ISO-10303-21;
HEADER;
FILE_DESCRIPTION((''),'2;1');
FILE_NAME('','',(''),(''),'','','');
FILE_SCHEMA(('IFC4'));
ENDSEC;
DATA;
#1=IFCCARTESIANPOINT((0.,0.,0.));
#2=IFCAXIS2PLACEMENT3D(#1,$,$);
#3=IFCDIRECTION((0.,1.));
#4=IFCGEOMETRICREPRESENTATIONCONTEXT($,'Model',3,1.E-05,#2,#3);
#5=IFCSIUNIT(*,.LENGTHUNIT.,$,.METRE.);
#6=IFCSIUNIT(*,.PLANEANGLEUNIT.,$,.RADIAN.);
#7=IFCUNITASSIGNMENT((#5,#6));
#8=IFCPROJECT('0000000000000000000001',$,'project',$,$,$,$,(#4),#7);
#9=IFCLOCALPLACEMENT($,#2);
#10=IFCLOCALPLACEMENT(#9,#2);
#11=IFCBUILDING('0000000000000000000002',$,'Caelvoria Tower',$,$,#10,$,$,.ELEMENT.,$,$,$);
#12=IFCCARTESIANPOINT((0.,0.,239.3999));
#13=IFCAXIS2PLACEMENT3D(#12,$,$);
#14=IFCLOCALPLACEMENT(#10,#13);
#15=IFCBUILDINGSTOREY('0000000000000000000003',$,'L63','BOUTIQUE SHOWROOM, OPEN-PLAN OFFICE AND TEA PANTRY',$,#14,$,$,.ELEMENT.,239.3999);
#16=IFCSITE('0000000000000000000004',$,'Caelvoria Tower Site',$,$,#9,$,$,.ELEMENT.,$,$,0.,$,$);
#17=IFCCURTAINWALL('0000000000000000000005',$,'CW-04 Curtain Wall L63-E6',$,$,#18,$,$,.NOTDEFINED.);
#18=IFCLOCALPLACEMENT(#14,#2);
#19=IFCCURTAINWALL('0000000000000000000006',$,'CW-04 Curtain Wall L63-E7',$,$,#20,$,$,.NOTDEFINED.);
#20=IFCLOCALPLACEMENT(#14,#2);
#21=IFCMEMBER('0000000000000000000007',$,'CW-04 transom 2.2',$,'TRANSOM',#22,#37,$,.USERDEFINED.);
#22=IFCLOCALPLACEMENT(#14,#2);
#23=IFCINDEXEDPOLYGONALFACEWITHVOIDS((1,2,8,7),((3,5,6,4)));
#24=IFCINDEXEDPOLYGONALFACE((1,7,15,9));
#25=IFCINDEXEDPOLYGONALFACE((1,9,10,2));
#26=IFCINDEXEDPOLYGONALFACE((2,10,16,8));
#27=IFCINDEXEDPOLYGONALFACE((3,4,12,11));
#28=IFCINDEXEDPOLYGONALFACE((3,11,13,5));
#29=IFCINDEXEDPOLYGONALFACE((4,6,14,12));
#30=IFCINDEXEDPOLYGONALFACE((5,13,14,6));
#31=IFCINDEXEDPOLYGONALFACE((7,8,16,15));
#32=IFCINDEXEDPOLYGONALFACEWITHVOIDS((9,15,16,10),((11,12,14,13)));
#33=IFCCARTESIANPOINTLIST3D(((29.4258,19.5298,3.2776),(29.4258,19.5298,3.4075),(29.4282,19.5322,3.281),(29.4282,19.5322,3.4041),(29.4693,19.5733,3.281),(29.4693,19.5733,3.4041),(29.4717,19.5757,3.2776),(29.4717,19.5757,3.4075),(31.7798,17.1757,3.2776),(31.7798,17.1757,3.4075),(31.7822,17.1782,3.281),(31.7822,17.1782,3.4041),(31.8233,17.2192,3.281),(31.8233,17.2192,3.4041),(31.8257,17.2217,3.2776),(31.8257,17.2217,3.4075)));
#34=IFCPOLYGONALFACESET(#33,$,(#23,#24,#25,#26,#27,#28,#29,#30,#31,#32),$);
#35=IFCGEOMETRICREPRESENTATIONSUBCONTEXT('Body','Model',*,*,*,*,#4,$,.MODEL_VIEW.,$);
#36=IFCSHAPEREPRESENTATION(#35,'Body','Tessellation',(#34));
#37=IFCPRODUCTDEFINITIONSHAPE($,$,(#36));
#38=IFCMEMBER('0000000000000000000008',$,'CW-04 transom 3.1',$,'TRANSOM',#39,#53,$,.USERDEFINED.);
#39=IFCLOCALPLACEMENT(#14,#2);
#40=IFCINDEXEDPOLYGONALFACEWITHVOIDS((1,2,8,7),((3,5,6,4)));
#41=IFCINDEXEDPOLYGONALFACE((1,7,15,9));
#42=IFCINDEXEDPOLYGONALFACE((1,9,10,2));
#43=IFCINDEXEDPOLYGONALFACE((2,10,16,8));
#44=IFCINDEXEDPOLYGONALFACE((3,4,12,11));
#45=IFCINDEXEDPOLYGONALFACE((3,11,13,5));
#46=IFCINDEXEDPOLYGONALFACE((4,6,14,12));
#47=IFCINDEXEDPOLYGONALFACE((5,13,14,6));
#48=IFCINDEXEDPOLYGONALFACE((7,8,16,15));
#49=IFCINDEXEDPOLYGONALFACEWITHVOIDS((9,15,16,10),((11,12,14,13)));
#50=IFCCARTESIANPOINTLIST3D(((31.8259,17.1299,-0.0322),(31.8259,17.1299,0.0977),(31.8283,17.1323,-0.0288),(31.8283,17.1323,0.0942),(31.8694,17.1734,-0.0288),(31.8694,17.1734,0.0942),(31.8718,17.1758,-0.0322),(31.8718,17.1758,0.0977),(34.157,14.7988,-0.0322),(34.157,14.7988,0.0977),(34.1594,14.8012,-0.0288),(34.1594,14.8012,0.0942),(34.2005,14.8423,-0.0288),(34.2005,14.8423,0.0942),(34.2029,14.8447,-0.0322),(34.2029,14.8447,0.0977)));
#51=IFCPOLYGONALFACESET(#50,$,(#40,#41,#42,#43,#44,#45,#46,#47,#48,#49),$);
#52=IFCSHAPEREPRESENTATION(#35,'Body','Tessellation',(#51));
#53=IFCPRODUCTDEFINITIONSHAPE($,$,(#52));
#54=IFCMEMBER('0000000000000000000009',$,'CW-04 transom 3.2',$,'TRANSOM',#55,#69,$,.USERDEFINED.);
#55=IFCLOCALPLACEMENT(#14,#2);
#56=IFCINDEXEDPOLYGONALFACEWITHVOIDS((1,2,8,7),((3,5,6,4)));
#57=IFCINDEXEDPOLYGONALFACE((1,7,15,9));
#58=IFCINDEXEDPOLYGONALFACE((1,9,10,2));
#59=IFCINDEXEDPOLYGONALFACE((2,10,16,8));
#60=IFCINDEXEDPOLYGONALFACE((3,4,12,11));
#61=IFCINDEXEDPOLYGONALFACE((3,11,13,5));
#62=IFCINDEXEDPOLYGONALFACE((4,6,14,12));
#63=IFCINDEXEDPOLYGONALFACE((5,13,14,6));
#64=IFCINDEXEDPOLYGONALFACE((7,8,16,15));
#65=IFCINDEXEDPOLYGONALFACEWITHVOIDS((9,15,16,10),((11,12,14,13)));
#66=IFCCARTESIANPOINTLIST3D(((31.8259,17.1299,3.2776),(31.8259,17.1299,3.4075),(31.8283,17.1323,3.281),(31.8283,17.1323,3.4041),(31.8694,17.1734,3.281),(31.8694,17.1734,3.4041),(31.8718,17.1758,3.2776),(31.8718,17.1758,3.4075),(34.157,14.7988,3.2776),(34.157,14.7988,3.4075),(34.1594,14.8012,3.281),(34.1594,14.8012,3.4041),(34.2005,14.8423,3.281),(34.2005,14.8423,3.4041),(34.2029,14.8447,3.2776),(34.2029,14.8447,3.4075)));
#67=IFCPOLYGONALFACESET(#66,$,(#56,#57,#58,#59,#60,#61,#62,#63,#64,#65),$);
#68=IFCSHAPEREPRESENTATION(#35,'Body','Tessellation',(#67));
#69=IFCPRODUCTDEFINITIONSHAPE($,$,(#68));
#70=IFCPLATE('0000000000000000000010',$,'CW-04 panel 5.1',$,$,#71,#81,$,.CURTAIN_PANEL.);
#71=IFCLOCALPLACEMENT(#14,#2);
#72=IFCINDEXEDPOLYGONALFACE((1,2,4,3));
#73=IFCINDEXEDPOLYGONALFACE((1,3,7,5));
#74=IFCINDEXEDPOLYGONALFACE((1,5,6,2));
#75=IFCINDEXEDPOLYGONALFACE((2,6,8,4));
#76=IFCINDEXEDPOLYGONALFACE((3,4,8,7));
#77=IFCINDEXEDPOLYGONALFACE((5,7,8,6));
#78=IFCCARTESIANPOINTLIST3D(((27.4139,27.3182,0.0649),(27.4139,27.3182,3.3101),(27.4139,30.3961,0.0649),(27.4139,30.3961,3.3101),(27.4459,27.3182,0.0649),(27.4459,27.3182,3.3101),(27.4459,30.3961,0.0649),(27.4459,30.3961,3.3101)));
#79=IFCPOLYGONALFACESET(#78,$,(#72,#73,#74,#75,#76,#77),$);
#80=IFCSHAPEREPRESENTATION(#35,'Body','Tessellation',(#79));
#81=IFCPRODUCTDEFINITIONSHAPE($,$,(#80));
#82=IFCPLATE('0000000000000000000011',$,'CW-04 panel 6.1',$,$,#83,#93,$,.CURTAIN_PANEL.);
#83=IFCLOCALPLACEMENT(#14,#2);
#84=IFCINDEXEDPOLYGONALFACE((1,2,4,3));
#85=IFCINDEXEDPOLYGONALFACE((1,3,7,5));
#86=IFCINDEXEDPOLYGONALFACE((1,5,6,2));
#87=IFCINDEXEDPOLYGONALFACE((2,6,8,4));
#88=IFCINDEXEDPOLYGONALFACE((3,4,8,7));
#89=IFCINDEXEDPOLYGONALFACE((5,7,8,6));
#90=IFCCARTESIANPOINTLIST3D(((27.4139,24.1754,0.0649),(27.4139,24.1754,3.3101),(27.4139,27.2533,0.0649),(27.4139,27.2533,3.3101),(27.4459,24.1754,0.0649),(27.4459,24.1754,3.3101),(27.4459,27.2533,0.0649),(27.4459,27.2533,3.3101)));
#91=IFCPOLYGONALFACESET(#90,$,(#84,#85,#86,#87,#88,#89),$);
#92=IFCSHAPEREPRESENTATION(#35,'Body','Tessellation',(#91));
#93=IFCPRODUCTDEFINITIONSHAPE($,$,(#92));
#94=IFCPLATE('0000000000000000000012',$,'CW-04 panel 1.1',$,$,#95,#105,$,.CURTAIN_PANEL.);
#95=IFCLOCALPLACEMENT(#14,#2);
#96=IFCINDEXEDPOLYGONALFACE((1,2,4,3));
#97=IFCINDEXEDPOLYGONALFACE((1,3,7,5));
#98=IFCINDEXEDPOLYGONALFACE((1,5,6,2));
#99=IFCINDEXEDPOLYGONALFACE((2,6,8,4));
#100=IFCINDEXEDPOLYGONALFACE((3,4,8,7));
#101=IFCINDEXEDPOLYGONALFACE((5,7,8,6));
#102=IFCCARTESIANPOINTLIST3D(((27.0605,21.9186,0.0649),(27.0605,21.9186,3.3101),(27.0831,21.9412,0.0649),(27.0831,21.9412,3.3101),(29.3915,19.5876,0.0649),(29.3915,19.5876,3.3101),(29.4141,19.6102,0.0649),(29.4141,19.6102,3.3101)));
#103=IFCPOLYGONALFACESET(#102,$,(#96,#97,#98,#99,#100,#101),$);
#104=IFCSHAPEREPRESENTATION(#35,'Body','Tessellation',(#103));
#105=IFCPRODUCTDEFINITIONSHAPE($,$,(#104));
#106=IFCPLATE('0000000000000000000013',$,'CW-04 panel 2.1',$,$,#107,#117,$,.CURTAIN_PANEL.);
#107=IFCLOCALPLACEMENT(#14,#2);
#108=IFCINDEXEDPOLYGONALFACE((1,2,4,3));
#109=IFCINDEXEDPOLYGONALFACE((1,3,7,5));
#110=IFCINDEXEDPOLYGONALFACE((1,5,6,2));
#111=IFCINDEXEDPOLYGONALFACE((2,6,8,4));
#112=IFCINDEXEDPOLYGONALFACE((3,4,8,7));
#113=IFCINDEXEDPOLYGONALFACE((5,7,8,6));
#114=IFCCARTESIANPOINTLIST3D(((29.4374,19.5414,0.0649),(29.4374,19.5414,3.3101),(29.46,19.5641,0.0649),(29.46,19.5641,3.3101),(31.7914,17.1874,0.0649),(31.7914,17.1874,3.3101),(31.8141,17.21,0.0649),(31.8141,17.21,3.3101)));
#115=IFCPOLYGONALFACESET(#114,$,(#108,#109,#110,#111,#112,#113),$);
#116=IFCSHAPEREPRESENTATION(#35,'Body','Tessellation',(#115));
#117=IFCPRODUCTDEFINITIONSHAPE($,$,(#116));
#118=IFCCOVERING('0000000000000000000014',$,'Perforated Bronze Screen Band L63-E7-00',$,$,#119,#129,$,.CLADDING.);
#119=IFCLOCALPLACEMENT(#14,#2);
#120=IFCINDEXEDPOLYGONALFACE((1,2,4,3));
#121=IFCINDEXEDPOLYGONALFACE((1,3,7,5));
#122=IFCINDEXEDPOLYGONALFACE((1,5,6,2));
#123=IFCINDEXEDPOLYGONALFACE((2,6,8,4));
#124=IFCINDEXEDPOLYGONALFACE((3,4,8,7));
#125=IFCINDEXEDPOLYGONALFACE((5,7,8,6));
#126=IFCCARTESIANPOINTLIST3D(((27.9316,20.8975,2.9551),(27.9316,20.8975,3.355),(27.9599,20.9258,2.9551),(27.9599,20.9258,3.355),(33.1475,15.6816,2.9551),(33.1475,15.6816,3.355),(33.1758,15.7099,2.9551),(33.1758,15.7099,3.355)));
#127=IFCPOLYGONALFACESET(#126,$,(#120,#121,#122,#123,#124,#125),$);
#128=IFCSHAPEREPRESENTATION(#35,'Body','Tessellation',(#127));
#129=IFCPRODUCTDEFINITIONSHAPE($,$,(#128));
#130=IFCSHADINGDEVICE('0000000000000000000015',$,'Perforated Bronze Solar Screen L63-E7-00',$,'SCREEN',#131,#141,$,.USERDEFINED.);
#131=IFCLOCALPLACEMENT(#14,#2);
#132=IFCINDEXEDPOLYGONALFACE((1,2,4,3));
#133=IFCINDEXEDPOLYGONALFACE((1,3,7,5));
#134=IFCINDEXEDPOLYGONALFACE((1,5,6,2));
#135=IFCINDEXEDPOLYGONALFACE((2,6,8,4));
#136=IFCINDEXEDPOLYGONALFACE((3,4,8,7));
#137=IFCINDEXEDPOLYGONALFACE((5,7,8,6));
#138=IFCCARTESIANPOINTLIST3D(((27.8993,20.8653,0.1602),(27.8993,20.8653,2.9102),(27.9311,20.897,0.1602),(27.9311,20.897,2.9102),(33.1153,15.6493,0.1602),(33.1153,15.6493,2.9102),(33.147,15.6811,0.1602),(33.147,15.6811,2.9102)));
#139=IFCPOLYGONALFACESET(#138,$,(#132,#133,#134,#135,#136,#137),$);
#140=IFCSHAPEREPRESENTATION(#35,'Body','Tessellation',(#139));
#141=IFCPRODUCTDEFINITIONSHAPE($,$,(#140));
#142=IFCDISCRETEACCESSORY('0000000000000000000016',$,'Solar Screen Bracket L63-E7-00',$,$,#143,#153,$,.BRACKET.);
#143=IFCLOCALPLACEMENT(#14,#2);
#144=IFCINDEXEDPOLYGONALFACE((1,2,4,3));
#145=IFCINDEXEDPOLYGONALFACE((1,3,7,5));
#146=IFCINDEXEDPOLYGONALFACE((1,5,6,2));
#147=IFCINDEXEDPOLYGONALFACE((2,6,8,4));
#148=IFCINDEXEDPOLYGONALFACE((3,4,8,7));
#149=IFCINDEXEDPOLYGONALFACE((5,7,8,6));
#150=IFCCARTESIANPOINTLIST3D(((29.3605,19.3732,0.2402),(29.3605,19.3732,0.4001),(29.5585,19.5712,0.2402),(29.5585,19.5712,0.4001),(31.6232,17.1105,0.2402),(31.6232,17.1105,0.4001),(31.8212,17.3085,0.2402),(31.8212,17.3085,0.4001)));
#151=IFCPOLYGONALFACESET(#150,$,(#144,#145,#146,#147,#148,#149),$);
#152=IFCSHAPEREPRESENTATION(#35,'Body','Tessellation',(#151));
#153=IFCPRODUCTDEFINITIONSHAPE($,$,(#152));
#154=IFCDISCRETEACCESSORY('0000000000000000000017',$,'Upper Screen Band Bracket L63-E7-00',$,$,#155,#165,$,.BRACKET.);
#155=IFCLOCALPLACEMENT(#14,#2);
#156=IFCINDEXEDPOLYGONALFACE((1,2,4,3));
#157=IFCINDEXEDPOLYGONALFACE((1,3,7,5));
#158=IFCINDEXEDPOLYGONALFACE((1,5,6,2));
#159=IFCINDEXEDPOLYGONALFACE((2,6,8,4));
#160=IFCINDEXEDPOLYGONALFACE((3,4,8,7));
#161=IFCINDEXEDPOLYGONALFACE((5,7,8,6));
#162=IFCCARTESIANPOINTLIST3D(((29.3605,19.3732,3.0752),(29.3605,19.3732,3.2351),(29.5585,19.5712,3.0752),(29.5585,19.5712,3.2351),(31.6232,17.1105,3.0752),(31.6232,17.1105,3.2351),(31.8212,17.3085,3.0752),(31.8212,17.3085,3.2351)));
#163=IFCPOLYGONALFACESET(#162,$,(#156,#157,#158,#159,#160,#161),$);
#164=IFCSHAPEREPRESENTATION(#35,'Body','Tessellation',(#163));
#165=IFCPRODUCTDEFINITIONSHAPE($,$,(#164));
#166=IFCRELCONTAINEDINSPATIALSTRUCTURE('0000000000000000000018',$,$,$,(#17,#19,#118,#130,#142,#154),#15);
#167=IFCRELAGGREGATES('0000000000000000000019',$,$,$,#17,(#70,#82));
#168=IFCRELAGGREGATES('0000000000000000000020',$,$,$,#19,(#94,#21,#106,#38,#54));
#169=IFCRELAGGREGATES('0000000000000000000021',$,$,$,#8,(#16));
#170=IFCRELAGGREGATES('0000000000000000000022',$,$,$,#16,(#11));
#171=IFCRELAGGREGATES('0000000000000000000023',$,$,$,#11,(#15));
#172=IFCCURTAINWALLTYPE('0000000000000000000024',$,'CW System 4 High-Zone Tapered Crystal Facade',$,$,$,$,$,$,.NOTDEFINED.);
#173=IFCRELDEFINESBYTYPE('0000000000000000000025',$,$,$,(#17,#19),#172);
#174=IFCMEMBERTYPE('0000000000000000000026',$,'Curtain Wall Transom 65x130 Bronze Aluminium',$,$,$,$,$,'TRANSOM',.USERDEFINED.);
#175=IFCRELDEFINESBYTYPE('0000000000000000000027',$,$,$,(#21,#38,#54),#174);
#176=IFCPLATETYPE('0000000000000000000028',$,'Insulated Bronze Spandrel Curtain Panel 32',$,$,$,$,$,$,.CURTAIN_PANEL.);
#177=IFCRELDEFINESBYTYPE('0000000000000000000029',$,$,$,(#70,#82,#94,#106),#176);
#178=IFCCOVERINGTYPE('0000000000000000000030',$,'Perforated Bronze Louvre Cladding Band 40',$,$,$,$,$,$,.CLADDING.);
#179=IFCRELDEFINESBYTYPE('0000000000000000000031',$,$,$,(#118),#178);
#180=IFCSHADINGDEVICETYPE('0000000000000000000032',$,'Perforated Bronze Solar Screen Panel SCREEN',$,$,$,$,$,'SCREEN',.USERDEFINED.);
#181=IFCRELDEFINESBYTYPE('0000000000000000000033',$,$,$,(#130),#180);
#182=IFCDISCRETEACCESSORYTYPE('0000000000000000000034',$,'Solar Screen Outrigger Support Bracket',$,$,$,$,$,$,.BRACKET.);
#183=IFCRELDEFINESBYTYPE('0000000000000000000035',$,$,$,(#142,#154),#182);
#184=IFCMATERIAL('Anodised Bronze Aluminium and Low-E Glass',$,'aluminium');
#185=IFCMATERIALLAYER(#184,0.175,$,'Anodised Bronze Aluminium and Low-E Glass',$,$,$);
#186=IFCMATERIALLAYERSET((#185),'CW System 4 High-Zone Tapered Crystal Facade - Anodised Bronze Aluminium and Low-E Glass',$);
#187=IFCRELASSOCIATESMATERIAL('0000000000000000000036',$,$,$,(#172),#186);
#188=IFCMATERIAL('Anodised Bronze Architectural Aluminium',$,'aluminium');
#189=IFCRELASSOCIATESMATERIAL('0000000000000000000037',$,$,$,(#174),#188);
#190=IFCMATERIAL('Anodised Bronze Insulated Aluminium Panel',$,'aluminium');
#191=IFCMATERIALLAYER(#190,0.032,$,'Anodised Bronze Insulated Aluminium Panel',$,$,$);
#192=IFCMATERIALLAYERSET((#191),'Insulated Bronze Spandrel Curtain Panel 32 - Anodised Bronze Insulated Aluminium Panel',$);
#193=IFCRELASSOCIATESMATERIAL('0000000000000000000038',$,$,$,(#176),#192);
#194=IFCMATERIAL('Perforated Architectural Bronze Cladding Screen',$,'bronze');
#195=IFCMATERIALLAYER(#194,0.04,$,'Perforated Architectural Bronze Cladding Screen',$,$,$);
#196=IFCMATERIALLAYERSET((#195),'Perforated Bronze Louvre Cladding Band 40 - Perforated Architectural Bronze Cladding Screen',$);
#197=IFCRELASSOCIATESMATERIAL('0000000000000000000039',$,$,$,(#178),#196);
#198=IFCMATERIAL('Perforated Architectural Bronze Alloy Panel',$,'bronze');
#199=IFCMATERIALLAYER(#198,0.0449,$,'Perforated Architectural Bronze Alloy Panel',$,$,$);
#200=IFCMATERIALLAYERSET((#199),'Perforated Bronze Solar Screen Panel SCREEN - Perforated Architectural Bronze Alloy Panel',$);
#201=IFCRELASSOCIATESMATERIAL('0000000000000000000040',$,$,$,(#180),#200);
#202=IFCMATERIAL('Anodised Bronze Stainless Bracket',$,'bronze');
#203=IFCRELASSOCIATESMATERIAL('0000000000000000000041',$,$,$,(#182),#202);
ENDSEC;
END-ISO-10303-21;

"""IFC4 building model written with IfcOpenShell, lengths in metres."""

from ifc_helpers import new_model, si_unit, direction, frame, origin, origin_2d, place, context, subcontext, project, spatial, rectangle, hollow_rectangle, extrude, material, layer, layer_set, material_profile, profile_set, type_object, element, aggregate, save


model = new_model("IFC4")

# Units and contexts
model_context = context("Model", 3, precision=1e-05, world=origin(), true_north=direction((0.0, 1.0)))
body_context = subcontext(model_context, "Body", "Model", "MODEL_VIEW")
ifc_project = project(units=[si_unit("LENGTHUNIT", "METRE"), si_unit("PLANEANGLEUNIT", "RADIAN")], contexts=[model_context])

# Site, building, storey
site_placement = place(None, origin())
site = spatial("IfcSite", under=ifc_project, at=site_placement, Name="Caelvoria Tower Site", CompositionType="ELEMENT", RefElevation=0.0)
building_placement = place(site_placement, origin())
building = spatial("IfcBuilding", under=site, at=building_placement, Name="Caelvoria Tower", CompositionType="ELEMENT")
storey_placement = place(building_placement, frame((0.0, 0.0, 239.3999)))
storey = spatial("IfcBuildingStorey", under=building, at=storey_placement, Name="L63", Description="BOUTIQUE SHOWROOM, OPEN-PLAN OFFICE AND TEA PANTRY", CompositionType="ELEMENT", Elevation=239.3999)

# Curtain walls
ifc_material_1 = material(Name="Anodised Bronze Aluminium and Low-E Glass", Category="aluminium")
ifc_layer_1 = layer(ifc_material_1, 0.175, Name="Anodised Bronze Aluminium and Low-E Glass")
ifc_layer_set_1 = layer_set([ifc_layer_1], Name="CW System 4 High-Zone Tapered Crystal Facade - Anodised Bronze Aluminium and Low-E Glass")
curtain_wall_type = type_object("IfcCurtainWallType", Name="CW System 4 High-Zone Tapered Crystal Facade", PredefinedType="NOTDEFINED", material=ifc_layer_set_1)
curtain_wall_1_placement = place(storey_placement, origin())
curtain_wall_1 = element("IfcCurtainWall", 1, at=curtain_wall_1_placement, inside=storey, type_object=curtain_wall_type, Name="CW-04 Curtain Wall L63-E6", PredefinedType="NOTDEFINED")
ifc_material_2 = material(Name="Anodised Bronze Architectural Aluminium", Category="aluminium")
curtain_wall_2_placement = place(storey_placement, origin())
curtain_wall_2 = element("IfcCurtainWall", 2, at=curtain_wall_2_placement, inside=storey, type_object=curtain_wall_type, Name="CW-04 Curtain Wall L63-E7", PredefinedType="NOTDEFINED")

# Members
ifc_material_profile_1 = material_profile(ifc_material_2, hollow_rectangle(XDim=0.0649, YDim=0.1299, WallThickness=0.0034, at=origin_2d()), Name="Anodised Bronze Architectural Aluminium")
ifc_profile_set_1 = profile_set([ifc_material_profile_1], Name="CW_TRAN_65X130 - Anodised Bronze Architectural Aluminium")
member_type_1 = type_object("IfcMemberType", Name="Curtain Wall Transom 65x130 Bronze Aluminium", ElementType="TRANSOM", PredefinedType="USERDEFINED", material=ifc_profile_set_1)
member_1_placement = place(storey_placement, frame((29.4487, 19.5527, 3.3425), z_axis=(0.707107, -0.707107, 0.0), x_axis=(0.707107, 0.707107, 0.0)))
member_1 = element("IfcMember", 3, at=member_1_placement, type_object=member_type_1, Name="CW-04 transom 2.2", ObjectType="TRANSOM", PredefinedType="USERDEFINED", context=body_context, shape_type="SweptSolid", body=[
    extrude(hollow_rectangle(XDim=0.0649, YDim=0.1299, WallThickness=0.0034, at=origin_2d()), origin(), (0.0, 0.0, 1.0), 3.3291),
])
member_2_placement = place(storey_placement, frame((31.8489, 17.1528, 0.0327), z_axis=(0.707107, -0.707107, 0.0), x_axis=(0.707107, 0.707107, 0.0)))
member_2 = element("IfcMember", 4, at=member_2_placement, type_object=member_type_1, Name="CW-04 transom 3.1", ObjectType="TRANSOM", PredefinedType="USERDEFINED", context=body_context, shape_type="SweptSolid", body=[
    extrude(hollow_rectangle(XDim=0.0649, YDim=0.1299, WallThickness=0.0034, at=origin_2d()), origin(), (0.0, 0.0, 1.0), 3.2966),
])
member_3_placement = place(storey_placement, frame((31.8489, 17.1528, 3.3425), z_axis=(0.707107, -0.707107, 0.0), x_axis=(0.707107, 0.707107, 0.0)))
member_3 = element("IfcMember", 5, at=member_3_placement, type_object=member_type_1, Name="CW-04 transom 3.2", ObjectType="TRANSOM", PredefinedType="USERDEFINED", context=body_context, shape_type="SweptSolid", body=[
    extrude(hollow_rectangle(XDim=0.0649, YDim=0.1299, WallThickness=0.0034, at=origin_2d()), origin(), (0.0, 0.0, 1.0), 3.2966),
])

# Plates
ifc_material_3 = material(Name="Anodised Bronze Insulated Aluminium Panel", Category="aluminium")
ifc_layer_2 = layer(ifc_material_3, 0.032, Name="Anodised Bronze Insulated Aluminium Panel")
ifc_layer_set_2 = layer_set([ifc_layer_2], Name="Insulated Bronze Spandrel Curtain Panel 32 - Anodised Bronze Insulated Aluminium Panel")
plate_type = type_object("IfcPlateType", Name="Insulated Bronze Spandrel Curtain Panel 32", PredefinedType="CURTAIN_PANEL", material=ifc_layer_set_2)
plate_1_placement = place(storey_placement, frame((27.4299, 28.8572, 0.0649), z_axis=(0.0, 0.0, 1.0), x_axis=(0.0, -1.0, 0.0)))
plate_1 = element("IfcPlate", 6, at=plate_1_placement, type_object=plate_type, Name="CW-04 panel 5.1", PredefinedType="CURTAIN_PANEL", context=body_context, shape_type="SweptSolid", body=[
    extrude(rectangle(XDim=3.0779, YDim=0.032, at=origin_2d()), origin(), (0.0, 0.0, 1.0), 3.2451),
])
plate_2_placement = place(storey_placement, frame((27.4299, 25.7144, 0.0649), z_axis=(0.0, 0.0, 1.0), x_axis=(0.0, -1.0, 0.0)))
plate_2 = element("IfcPlate", 7, at=plate_2_placement, type_object=plate_type, Name="CW-04 panel 6.1", PredefinedType="CURTAIN_PANEL", context=body_context, shape_type="SweptSolid", body=[
    extrude(rectangle(XDim=3.0779, YDim=0.032, at=origin_2d()), origin(), (0.0, 0.0, 1.0), 3.2451),
])
aggregate(curtain_wall_1, [plate_1, plate_2])
plate_3_placement = place(storey_placement, frame((28.2373, 20.7644, 0.0649), z_axis=(0.0, 0.0, 1.0), x_axis=(0.707107, -0.707107, 0.0)))
plate_3 = element("IfcPlate", 8, at=plate_3_placement, type_object=plate_type, Name="CW-04 panel 1.1", PredefinedType="CURTAIN_PANEL", context=body_context, shape_type="SweptSolid", body=[
    extrude(rectangle(XDim=3.2966, YDim=0.032, at=origin_2d()), origin(), (0.0, 0.0, 1.0), 3.2451),
])
plate_4_placement = place(storey_placement, frame((30.6257, 18.3757, 0.0649), z_axis=(0.0, 0.0, 1.0), x_axis=(0.707107, -0.707107, 0.0)))
plate_4 = element("IfcPlate", 9, at=plate_4_placement, type_object=plate_type, Name="CW-04 panel 2.1", PredefinedType="CURTAIN_PANEL", context=body_context, shape_type="SweptSolid", body=[
    extrude(rectangle(XDim=3.3291, YDim=0.032, at=origin_2d()), origin(), (0.0, 0.0, 1.0), 3.2451),
])
aggregate(curtain_wall_2, [plate_3, member_1, plate_4, member_2, member_3])

# Covering
ifc_material_4 = material(Name="Perforated Architectural Bronze Cladding Screen", Category="bronze")
ifc_layer_3 = layer(ifc_material_4, 0.04, Name="Perforated Architectural Bronze Cladding Screen")
ifc_layer_set_3 = layer_set([ifc_layer_3], Name="Perforated Bronze Louvre Cladding Band 40 - Perforated Architectural Bronze Cladding Screen")
covering_type = type_object("IfcCoveringType", Name="Perforated Bronze Louvre Cladding Band 40", PredefinedType="CLADDING", material=ifc_layer_set_3)
covering_placement = place(storey_placement, frame((30.5537, 18.3037, 2.9551), z_axis=(0.0, 0.0, 1.0), x_axis=(0.707107, -0.707107, 0.0)))
element("IfcCovering", 10, at=covering_placement, inside=storey, type_object=covering_type, Name="Perforated Bronze Screen Band L63-E7-00", PredefinedType="CLADDING", context=body_context, shape_type="SweptSolid", body=[
    extrude(rectangle(XDim=7.3765, YDim=0.04, at=origin_2d()), origin(), (0.0, 0.0, 1.0), 0.3999),
])

# Shading device
ifc_material_5 = material(Name="Perforated Architectural Bronze Alloy Panel", Category="bronze")
ifc_layer_4 = layer(ifc_material_5, 0.0449, Name="Perforated Architectural Bronze Alloy Panel")
ifc_layer_set_4 = layer_set([ifc_layer_4], Name="Perforated Bronze Solar Screen Panel SCREEN - Perforated Architectural Bronze Alloy Panel")
shading_device_type = type_object("IfcShadingDeviceType", Name="Perforated Bronze Solar Screen Panel SCREEN", ElementType="SCREEN", PredefinedType="USERDEFINED", material=ifc_layer_set_4)
shading_device_placement = place(storey_placement, frame((30.5232, 18.2732, 0.1602), z_axis=(0.0, 0.0, 1.0), x_axis=(0.707107, -0.707107, 0.0)))
element("IfcShadingDevice", 11, at=shading_device_placement, inside=storey, type_object=shading_device_type, Name="Perforated Bronze Solar Screen L63-E7-00", ObjectType="SCREEN", PredefinedType="USERDEFINED", context=body_context, shape_type="SweptSolid", body=[
    extrude(rectangle(XDim=7.3765, YDim=0.0449, at=origin_2d()), origin(), (0.0, 0.0, 1.0), 2.75),
])

# Discrete accessories
ifc_material_6 = material(Name="Anodised Bronze Stainless Bracket", Category="bronze")
discrete_accessory_type = type_object("IfcDiscreteAccessoryType", Name="Solar Screen Outrigger Support Bracket", PredefinedType="BRACKET", material=ifc_material_6)
for number, where, z_axis, x_axis, name in (
    (12, (30.5908, 18.3408, 0.2402), (0.0, 0.0, 1.0), (0.707107, -0.707107, 0.0), "Solar Screen Bracket L63-E7-00"),
    (13, (30.5908, 18.3408, 3.0752), (0.0, 0.0, 1.0), (0.707107, -0.707107, 0.0), "Upper Screen Band Bracket L63-E7-00"),
):
    element("IfcDiscreteAccessory", number, at=place(storey_placement, frame(where, z_axis=z_axis, x_axis=x_axis)), inside=storey, type_object=discrete_accessory_type, Name=name, PredefinedType="BRACKET", context=body_context, shape_type="SweptSolid", body=[
        extrude(rectangle(XDim=3.2, YDim=0.28, at=origin_2d()), origin(), (0.0, 0.0, 1.0), 0.1599),
    ])

save(model, "model.ifc")
